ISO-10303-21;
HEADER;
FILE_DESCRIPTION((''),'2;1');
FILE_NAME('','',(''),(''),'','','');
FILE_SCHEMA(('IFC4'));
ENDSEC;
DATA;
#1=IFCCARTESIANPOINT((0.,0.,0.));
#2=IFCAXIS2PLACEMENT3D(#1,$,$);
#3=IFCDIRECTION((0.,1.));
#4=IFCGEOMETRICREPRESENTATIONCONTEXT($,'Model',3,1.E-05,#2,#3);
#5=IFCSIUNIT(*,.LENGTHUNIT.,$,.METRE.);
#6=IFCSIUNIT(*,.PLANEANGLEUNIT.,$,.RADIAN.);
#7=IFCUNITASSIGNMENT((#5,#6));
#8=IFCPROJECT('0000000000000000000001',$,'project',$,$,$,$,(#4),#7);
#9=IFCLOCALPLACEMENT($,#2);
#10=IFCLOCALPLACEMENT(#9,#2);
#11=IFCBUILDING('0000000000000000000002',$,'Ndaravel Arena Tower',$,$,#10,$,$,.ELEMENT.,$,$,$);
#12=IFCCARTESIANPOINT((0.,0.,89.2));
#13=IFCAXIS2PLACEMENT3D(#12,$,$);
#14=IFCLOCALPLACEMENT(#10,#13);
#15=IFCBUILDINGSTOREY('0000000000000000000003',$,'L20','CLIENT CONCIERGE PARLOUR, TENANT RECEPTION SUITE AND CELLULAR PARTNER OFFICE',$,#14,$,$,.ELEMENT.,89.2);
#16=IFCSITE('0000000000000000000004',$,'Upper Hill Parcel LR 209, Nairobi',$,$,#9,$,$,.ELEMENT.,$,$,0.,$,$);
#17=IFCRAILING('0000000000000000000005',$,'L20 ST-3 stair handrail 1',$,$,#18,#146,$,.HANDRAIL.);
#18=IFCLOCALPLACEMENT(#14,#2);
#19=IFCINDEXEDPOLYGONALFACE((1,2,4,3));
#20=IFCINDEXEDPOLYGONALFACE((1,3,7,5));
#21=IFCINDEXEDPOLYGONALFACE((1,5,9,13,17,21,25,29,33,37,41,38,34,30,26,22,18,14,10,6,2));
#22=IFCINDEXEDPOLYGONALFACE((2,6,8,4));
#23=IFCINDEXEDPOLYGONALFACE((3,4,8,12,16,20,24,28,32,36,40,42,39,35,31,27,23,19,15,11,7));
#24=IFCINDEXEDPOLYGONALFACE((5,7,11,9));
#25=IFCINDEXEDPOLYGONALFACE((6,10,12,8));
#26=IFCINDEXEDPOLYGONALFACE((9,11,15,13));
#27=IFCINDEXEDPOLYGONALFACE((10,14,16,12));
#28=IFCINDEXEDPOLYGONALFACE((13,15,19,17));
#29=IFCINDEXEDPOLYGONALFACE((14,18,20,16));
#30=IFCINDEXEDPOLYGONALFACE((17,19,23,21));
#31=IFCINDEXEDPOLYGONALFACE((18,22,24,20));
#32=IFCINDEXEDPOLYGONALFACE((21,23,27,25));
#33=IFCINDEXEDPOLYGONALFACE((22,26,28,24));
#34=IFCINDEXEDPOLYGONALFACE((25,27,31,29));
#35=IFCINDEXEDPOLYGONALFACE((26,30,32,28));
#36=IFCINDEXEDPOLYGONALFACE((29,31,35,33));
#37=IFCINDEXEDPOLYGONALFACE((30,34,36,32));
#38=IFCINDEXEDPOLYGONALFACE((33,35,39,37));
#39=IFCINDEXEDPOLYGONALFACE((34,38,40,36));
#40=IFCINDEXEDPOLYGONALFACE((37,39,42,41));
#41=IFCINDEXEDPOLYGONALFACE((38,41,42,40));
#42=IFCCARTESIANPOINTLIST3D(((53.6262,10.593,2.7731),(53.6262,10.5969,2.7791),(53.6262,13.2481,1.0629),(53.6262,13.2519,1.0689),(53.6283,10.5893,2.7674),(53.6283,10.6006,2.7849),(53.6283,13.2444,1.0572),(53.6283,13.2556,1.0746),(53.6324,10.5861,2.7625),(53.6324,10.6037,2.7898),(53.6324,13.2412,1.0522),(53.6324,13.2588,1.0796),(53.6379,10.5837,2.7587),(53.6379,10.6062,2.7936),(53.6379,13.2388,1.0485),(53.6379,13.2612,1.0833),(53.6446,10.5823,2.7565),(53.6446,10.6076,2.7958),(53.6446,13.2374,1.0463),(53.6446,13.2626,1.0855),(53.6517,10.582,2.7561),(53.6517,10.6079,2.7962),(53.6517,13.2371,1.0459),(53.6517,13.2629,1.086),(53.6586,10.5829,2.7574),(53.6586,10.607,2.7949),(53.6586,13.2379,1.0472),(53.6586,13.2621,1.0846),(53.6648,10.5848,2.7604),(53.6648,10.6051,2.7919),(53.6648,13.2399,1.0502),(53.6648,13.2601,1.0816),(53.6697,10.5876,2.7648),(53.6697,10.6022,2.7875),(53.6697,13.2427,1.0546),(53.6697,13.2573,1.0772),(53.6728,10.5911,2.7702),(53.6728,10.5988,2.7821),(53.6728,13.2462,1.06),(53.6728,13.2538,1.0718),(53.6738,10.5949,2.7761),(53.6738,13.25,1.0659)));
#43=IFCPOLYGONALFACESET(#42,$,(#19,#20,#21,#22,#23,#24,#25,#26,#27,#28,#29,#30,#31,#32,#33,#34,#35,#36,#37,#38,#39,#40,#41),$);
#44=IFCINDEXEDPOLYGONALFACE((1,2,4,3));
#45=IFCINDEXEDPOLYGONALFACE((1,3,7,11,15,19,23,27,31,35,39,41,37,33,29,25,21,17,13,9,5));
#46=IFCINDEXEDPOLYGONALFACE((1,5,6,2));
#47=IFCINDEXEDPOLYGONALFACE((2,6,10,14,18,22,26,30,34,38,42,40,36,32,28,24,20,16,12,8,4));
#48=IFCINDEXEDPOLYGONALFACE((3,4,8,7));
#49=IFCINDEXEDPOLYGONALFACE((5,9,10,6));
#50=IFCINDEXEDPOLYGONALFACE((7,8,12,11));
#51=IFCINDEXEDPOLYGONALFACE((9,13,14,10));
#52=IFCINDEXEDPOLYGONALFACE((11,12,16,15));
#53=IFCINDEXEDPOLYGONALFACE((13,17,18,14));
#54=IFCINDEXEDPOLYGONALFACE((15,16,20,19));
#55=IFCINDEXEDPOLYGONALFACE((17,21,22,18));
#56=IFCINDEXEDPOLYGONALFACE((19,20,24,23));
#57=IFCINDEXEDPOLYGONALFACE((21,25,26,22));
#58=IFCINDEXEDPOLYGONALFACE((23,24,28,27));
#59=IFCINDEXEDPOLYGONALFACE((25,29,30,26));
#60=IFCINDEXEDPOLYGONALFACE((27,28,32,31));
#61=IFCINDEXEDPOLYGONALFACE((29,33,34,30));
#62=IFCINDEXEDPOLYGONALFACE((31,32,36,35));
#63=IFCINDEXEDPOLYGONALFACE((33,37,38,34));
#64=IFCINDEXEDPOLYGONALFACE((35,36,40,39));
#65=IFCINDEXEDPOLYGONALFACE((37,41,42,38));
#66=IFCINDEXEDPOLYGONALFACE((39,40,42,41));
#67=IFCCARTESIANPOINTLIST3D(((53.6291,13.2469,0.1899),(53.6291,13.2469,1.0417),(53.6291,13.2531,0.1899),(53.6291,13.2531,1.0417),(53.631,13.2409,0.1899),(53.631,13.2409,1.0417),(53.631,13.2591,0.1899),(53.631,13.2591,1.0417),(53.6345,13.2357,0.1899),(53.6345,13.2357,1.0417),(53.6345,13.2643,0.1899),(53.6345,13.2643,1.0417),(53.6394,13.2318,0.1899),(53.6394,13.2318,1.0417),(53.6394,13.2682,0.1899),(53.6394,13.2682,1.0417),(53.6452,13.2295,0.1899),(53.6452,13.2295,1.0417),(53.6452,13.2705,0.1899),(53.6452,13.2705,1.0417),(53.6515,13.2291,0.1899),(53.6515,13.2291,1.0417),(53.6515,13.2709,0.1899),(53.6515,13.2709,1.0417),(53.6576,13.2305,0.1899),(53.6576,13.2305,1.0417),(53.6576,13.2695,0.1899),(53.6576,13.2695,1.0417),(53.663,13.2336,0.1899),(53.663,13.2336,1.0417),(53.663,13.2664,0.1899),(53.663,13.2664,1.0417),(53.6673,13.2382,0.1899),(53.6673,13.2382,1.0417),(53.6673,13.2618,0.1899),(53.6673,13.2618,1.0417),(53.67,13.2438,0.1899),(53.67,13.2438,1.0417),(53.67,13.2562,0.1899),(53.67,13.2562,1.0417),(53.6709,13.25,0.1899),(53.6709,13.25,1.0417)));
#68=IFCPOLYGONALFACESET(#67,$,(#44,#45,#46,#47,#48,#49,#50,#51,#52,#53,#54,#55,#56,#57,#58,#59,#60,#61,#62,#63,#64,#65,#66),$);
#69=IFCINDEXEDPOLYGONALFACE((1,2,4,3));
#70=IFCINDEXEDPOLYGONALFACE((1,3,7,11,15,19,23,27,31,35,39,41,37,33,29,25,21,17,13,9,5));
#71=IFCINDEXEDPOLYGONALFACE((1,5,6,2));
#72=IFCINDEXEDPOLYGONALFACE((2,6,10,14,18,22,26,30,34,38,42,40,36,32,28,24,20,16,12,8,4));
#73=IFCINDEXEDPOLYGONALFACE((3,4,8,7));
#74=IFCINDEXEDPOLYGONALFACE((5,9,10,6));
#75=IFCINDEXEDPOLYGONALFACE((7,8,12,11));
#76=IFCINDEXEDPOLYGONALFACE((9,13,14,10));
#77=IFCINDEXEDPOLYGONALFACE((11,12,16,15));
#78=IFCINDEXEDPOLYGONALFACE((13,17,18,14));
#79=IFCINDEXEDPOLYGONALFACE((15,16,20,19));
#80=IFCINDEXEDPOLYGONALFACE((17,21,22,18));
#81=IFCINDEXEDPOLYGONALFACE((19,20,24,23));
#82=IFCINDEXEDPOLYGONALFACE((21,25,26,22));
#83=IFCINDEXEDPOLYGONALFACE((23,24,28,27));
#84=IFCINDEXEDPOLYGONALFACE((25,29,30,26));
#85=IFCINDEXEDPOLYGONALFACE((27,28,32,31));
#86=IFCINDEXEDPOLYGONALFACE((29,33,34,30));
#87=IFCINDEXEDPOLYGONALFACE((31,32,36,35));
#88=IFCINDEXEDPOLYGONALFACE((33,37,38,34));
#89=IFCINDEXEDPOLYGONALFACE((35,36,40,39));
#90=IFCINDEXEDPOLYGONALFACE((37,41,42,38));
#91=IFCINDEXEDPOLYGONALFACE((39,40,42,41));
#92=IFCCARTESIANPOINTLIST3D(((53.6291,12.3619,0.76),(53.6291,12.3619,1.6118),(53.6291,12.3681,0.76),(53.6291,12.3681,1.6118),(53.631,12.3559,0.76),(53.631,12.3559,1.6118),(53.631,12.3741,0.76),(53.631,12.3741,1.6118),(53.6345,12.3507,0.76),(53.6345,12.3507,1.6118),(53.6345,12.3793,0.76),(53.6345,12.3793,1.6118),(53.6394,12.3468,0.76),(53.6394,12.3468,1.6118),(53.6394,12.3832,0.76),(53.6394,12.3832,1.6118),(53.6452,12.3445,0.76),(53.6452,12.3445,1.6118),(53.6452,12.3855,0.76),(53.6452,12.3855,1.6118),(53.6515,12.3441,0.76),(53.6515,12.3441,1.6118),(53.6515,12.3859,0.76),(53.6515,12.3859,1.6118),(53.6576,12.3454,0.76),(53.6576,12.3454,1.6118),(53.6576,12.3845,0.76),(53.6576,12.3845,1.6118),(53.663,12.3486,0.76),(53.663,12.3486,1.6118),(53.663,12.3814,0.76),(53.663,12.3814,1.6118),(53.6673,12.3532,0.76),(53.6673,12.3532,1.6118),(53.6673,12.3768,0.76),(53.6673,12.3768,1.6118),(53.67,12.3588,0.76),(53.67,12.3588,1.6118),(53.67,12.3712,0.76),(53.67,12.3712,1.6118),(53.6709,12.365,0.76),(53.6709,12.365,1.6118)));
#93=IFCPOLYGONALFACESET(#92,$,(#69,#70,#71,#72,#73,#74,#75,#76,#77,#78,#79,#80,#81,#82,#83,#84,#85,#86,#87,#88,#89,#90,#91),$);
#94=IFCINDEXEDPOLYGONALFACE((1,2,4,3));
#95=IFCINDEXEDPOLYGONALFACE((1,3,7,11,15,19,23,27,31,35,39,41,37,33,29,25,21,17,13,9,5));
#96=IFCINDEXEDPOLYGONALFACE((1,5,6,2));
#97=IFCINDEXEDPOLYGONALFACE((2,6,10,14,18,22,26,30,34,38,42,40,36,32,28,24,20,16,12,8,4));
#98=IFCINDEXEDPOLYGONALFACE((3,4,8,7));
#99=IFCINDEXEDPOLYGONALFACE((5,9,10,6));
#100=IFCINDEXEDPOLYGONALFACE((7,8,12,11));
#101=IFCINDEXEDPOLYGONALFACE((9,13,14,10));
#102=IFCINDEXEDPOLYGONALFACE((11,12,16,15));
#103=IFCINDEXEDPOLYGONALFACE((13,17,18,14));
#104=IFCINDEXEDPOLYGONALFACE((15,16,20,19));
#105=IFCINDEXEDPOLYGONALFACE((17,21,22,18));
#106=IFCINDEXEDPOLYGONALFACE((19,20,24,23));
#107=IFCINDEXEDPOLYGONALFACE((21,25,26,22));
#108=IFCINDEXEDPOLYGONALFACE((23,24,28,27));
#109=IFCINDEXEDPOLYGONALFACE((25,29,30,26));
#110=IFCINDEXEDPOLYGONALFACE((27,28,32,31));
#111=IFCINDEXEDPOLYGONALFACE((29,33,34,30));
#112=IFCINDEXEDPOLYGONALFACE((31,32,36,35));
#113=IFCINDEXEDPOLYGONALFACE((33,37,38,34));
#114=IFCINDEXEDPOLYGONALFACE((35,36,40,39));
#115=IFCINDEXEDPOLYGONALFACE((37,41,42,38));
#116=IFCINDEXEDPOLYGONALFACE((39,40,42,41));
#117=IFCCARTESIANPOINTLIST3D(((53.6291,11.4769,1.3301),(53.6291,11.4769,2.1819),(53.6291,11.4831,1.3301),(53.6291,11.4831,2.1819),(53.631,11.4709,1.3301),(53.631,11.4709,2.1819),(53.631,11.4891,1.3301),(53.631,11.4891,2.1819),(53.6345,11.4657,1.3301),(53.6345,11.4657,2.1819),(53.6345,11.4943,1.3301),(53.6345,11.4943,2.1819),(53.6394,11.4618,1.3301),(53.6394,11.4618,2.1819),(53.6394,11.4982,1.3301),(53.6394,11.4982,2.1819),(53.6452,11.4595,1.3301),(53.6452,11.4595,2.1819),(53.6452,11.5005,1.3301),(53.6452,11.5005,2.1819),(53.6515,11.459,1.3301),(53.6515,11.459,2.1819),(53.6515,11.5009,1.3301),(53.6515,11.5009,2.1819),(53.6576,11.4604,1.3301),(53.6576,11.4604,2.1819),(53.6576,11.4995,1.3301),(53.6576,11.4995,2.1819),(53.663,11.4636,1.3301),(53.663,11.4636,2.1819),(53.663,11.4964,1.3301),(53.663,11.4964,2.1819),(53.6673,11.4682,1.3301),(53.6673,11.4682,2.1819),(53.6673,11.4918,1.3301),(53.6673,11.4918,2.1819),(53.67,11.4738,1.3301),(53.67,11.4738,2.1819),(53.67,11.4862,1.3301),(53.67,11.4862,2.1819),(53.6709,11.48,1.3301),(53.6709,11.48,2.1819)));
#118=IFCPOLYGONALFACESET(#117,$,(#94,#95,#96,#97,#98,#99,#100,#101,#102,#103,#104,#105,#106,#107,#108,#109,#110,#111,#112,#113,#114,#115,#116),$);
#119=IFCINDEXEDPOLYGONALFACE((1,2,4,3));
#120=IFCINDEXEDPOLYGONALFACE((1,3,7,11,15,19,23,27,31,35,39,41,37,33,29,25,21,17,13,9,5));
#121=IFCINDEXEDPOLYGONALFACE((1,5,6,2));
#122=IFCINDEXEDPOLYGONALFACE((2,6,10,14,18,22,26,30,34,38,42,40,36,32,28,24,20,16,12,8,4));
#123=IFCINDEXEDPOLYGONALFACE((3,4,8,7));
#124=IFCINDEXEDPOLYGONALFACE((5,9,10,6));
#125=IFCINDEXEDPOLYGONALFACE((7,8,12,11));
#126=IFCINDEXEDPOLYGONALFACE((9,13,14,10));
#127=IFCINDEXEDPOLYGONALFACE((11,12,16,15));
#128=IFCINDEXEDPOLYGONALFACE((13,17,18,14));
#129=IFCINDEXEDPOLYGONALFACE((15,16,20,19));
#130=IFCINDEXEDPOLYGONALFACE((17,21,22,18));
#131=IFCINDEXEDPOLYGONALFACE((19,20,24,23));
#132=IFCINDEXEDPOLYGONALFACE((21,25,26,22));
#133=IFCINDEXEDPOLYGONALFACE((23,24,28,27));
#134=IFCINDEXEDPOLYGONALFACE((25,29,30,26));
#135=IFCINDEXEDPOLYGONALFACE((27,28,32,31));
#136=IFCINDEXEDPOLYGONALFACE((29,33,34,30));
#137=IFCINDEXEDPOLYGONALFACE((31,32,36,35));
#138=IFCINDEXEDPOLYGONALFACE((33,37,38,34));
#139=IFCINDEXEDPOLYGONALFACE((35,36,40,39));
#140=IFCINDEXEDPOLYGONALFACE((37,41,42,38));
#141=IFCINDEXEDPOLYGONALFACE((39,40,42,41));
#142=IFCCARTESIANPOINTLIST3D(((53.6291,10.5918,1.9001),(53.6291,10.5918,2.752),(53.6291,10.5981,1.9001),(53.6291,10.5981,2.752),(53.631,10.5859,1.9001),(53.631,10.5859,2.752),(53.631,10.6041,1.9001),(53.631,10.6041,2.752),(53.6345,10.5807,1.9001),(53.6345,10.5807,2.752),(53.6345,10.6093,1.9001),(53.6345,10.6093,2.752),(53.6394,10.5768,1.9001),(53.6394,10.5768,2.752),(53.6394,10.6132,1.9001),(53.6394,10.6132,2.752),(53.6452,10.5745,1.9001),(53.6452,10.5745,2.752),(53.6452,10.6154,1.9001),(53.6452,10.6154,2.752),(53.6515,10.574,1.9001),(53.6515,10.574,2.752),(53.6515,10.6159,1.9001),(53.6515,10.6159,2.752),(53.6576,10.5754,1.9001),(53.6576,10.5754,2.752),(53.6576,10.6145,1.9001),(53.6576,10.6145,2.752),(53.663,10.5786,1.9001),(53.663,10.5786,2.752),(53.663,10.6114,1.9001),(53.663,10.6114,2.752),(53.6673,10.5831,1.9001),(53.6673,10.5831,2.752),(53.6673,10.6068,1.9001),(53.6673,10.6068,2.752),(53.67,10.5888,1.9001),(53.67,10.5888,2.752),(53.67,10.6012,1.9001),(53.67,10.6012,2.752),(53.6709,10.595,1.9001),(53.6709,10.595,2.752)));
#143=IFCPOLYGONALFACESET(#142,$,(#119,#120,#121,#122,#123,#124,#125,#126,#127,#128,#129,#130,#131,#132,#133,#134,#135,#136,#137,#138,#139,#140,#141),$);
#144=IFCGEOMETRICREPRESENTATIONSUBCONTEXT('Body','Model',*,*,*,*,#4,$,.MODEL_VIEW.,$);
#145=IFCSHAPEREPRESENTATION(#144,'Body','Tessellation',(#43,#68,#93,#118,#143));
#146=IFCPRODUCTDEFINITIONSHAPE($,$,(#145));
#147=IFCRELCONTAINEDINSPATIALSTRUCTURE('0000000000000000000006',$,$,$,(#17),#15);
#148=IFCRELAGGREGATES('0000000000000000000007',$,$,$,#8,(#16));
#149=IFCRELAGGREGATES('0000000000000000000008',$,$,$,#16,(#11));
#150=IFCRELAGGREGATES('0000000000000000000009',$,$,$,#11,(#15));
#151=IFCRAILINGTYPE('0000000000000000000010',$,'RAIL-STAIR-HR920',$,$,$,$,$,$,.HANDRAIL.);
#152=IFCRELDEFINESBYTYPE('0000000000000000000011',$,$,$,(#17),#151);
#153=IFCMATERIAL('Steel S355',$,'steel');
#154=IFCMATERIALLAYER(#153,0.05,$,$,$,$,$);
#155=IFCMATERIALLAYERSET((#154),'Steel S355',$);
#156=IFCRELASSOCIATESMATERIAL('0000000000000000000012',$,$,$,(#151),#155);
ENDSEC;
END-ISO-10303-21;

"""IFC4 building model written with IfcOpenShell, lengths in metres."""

from ifc_helpers import new_model, si_unit, direction, frame, origin, origin_2d, place, context, subcontext, project, spatial, circle, extrude, material, layer, layer_set, type_object, element, save


model = new_model("IFC4")

# Units and contexts
model_context = context("Model", 3, precision=1e-05, world=origin(), true_north=direction((0.0, 1.0)))
body_context = subcontext(model_context, "Body", "Model", "MODEL_VIEW")
ifc_project = project(units=[si_unit("LENGTHUNIT", "METRE"), si_unit("PLANEANGLEUNIT", "RADIAN")], contexts=[model_context])

# Site, building, storey
site_placement = place(None, origin())
site = spatial("IfcSite", under=ifc_project, at=site_placement, Name="Upper Hill Parcel LR 209, Nairobi", CompositionType="ELEMENT", RefElevation=0.0)
building_placement = place(site_placement, origin())
building = spatial("IfcBuilding", under=site, at=building_placement, Name="Ndaravel Arena Tower", CompositionType="ELEMENT")
storey_placement = place(building_placement, frame((0.0, 0.0, 89.2)))
storey = spatial("IfcBuildingStorey", under=building, at=storey_placement, Name="L20", Description="CLIENT CONCIERGE PARLOUR, TENANT RECEPTION SUITE AND CELLULAR PARTNER OFFICE", CompositionType="ELEMENT", Elevation=89.2)

# Railing
ifc_material_1 = material(Name="Steel S355", Category="steel")
ifc_layer_1 = layer(ifc_material_1, 0.05)
ifc_layer_set_1 = layer_set([ifc_layer_1], Name="Steel S355")
railing_type_1 = type_object("IfcRailingType", Name="RAIL-STAIR-HR920", PredefinedType="HANDRAIL", material=ifc_layer_set_1)
railing_1_placement = place(storey_placement, frame((53.6499, 13.25, 0.1899)))
element("IfcRailing", 1, at=railing_1_placement, inside=storey, type_object=railing_type_1, Name="L20 ST-3 stair handrail 1", PredefinedType="HANDRAIL", context=body_context, shape_type="SweptSolid", body=[
    extrude(circle(Radius=0.0239, at=origin_2d()), frame((0.0, 0.0, 0.876), z_axis=(0.0, -0.840688, 0.541519), x_axis=(1.0, 0.0, 0.0)), (0.0, 0.0, 1.0), 3.1582),
    extrude(circle(Radius=0.021, at=origin_2d()), origin(), (0.0, 0.0, 1.0), 0.8518),
    extrude(circle(Radius=0.021, at=origin_2d()), frame((0.0, -0.885, 0.5701)), (0.0, 0.0, 1.0), 0.8518),
    extrude(circle(Radius=0.021, at=origin_2d()), frame((0.0, -1.77, 1.1401)), (0.0, 0.0, 1.0), 0.8518),
    extrude(circle(Radius=0.021, at=origin_2d()), frame((0.0, -2.655, 1.7102)), (0.0, 0.0, 1.0), 0.8518),
])

save(model, "model.ifc")
